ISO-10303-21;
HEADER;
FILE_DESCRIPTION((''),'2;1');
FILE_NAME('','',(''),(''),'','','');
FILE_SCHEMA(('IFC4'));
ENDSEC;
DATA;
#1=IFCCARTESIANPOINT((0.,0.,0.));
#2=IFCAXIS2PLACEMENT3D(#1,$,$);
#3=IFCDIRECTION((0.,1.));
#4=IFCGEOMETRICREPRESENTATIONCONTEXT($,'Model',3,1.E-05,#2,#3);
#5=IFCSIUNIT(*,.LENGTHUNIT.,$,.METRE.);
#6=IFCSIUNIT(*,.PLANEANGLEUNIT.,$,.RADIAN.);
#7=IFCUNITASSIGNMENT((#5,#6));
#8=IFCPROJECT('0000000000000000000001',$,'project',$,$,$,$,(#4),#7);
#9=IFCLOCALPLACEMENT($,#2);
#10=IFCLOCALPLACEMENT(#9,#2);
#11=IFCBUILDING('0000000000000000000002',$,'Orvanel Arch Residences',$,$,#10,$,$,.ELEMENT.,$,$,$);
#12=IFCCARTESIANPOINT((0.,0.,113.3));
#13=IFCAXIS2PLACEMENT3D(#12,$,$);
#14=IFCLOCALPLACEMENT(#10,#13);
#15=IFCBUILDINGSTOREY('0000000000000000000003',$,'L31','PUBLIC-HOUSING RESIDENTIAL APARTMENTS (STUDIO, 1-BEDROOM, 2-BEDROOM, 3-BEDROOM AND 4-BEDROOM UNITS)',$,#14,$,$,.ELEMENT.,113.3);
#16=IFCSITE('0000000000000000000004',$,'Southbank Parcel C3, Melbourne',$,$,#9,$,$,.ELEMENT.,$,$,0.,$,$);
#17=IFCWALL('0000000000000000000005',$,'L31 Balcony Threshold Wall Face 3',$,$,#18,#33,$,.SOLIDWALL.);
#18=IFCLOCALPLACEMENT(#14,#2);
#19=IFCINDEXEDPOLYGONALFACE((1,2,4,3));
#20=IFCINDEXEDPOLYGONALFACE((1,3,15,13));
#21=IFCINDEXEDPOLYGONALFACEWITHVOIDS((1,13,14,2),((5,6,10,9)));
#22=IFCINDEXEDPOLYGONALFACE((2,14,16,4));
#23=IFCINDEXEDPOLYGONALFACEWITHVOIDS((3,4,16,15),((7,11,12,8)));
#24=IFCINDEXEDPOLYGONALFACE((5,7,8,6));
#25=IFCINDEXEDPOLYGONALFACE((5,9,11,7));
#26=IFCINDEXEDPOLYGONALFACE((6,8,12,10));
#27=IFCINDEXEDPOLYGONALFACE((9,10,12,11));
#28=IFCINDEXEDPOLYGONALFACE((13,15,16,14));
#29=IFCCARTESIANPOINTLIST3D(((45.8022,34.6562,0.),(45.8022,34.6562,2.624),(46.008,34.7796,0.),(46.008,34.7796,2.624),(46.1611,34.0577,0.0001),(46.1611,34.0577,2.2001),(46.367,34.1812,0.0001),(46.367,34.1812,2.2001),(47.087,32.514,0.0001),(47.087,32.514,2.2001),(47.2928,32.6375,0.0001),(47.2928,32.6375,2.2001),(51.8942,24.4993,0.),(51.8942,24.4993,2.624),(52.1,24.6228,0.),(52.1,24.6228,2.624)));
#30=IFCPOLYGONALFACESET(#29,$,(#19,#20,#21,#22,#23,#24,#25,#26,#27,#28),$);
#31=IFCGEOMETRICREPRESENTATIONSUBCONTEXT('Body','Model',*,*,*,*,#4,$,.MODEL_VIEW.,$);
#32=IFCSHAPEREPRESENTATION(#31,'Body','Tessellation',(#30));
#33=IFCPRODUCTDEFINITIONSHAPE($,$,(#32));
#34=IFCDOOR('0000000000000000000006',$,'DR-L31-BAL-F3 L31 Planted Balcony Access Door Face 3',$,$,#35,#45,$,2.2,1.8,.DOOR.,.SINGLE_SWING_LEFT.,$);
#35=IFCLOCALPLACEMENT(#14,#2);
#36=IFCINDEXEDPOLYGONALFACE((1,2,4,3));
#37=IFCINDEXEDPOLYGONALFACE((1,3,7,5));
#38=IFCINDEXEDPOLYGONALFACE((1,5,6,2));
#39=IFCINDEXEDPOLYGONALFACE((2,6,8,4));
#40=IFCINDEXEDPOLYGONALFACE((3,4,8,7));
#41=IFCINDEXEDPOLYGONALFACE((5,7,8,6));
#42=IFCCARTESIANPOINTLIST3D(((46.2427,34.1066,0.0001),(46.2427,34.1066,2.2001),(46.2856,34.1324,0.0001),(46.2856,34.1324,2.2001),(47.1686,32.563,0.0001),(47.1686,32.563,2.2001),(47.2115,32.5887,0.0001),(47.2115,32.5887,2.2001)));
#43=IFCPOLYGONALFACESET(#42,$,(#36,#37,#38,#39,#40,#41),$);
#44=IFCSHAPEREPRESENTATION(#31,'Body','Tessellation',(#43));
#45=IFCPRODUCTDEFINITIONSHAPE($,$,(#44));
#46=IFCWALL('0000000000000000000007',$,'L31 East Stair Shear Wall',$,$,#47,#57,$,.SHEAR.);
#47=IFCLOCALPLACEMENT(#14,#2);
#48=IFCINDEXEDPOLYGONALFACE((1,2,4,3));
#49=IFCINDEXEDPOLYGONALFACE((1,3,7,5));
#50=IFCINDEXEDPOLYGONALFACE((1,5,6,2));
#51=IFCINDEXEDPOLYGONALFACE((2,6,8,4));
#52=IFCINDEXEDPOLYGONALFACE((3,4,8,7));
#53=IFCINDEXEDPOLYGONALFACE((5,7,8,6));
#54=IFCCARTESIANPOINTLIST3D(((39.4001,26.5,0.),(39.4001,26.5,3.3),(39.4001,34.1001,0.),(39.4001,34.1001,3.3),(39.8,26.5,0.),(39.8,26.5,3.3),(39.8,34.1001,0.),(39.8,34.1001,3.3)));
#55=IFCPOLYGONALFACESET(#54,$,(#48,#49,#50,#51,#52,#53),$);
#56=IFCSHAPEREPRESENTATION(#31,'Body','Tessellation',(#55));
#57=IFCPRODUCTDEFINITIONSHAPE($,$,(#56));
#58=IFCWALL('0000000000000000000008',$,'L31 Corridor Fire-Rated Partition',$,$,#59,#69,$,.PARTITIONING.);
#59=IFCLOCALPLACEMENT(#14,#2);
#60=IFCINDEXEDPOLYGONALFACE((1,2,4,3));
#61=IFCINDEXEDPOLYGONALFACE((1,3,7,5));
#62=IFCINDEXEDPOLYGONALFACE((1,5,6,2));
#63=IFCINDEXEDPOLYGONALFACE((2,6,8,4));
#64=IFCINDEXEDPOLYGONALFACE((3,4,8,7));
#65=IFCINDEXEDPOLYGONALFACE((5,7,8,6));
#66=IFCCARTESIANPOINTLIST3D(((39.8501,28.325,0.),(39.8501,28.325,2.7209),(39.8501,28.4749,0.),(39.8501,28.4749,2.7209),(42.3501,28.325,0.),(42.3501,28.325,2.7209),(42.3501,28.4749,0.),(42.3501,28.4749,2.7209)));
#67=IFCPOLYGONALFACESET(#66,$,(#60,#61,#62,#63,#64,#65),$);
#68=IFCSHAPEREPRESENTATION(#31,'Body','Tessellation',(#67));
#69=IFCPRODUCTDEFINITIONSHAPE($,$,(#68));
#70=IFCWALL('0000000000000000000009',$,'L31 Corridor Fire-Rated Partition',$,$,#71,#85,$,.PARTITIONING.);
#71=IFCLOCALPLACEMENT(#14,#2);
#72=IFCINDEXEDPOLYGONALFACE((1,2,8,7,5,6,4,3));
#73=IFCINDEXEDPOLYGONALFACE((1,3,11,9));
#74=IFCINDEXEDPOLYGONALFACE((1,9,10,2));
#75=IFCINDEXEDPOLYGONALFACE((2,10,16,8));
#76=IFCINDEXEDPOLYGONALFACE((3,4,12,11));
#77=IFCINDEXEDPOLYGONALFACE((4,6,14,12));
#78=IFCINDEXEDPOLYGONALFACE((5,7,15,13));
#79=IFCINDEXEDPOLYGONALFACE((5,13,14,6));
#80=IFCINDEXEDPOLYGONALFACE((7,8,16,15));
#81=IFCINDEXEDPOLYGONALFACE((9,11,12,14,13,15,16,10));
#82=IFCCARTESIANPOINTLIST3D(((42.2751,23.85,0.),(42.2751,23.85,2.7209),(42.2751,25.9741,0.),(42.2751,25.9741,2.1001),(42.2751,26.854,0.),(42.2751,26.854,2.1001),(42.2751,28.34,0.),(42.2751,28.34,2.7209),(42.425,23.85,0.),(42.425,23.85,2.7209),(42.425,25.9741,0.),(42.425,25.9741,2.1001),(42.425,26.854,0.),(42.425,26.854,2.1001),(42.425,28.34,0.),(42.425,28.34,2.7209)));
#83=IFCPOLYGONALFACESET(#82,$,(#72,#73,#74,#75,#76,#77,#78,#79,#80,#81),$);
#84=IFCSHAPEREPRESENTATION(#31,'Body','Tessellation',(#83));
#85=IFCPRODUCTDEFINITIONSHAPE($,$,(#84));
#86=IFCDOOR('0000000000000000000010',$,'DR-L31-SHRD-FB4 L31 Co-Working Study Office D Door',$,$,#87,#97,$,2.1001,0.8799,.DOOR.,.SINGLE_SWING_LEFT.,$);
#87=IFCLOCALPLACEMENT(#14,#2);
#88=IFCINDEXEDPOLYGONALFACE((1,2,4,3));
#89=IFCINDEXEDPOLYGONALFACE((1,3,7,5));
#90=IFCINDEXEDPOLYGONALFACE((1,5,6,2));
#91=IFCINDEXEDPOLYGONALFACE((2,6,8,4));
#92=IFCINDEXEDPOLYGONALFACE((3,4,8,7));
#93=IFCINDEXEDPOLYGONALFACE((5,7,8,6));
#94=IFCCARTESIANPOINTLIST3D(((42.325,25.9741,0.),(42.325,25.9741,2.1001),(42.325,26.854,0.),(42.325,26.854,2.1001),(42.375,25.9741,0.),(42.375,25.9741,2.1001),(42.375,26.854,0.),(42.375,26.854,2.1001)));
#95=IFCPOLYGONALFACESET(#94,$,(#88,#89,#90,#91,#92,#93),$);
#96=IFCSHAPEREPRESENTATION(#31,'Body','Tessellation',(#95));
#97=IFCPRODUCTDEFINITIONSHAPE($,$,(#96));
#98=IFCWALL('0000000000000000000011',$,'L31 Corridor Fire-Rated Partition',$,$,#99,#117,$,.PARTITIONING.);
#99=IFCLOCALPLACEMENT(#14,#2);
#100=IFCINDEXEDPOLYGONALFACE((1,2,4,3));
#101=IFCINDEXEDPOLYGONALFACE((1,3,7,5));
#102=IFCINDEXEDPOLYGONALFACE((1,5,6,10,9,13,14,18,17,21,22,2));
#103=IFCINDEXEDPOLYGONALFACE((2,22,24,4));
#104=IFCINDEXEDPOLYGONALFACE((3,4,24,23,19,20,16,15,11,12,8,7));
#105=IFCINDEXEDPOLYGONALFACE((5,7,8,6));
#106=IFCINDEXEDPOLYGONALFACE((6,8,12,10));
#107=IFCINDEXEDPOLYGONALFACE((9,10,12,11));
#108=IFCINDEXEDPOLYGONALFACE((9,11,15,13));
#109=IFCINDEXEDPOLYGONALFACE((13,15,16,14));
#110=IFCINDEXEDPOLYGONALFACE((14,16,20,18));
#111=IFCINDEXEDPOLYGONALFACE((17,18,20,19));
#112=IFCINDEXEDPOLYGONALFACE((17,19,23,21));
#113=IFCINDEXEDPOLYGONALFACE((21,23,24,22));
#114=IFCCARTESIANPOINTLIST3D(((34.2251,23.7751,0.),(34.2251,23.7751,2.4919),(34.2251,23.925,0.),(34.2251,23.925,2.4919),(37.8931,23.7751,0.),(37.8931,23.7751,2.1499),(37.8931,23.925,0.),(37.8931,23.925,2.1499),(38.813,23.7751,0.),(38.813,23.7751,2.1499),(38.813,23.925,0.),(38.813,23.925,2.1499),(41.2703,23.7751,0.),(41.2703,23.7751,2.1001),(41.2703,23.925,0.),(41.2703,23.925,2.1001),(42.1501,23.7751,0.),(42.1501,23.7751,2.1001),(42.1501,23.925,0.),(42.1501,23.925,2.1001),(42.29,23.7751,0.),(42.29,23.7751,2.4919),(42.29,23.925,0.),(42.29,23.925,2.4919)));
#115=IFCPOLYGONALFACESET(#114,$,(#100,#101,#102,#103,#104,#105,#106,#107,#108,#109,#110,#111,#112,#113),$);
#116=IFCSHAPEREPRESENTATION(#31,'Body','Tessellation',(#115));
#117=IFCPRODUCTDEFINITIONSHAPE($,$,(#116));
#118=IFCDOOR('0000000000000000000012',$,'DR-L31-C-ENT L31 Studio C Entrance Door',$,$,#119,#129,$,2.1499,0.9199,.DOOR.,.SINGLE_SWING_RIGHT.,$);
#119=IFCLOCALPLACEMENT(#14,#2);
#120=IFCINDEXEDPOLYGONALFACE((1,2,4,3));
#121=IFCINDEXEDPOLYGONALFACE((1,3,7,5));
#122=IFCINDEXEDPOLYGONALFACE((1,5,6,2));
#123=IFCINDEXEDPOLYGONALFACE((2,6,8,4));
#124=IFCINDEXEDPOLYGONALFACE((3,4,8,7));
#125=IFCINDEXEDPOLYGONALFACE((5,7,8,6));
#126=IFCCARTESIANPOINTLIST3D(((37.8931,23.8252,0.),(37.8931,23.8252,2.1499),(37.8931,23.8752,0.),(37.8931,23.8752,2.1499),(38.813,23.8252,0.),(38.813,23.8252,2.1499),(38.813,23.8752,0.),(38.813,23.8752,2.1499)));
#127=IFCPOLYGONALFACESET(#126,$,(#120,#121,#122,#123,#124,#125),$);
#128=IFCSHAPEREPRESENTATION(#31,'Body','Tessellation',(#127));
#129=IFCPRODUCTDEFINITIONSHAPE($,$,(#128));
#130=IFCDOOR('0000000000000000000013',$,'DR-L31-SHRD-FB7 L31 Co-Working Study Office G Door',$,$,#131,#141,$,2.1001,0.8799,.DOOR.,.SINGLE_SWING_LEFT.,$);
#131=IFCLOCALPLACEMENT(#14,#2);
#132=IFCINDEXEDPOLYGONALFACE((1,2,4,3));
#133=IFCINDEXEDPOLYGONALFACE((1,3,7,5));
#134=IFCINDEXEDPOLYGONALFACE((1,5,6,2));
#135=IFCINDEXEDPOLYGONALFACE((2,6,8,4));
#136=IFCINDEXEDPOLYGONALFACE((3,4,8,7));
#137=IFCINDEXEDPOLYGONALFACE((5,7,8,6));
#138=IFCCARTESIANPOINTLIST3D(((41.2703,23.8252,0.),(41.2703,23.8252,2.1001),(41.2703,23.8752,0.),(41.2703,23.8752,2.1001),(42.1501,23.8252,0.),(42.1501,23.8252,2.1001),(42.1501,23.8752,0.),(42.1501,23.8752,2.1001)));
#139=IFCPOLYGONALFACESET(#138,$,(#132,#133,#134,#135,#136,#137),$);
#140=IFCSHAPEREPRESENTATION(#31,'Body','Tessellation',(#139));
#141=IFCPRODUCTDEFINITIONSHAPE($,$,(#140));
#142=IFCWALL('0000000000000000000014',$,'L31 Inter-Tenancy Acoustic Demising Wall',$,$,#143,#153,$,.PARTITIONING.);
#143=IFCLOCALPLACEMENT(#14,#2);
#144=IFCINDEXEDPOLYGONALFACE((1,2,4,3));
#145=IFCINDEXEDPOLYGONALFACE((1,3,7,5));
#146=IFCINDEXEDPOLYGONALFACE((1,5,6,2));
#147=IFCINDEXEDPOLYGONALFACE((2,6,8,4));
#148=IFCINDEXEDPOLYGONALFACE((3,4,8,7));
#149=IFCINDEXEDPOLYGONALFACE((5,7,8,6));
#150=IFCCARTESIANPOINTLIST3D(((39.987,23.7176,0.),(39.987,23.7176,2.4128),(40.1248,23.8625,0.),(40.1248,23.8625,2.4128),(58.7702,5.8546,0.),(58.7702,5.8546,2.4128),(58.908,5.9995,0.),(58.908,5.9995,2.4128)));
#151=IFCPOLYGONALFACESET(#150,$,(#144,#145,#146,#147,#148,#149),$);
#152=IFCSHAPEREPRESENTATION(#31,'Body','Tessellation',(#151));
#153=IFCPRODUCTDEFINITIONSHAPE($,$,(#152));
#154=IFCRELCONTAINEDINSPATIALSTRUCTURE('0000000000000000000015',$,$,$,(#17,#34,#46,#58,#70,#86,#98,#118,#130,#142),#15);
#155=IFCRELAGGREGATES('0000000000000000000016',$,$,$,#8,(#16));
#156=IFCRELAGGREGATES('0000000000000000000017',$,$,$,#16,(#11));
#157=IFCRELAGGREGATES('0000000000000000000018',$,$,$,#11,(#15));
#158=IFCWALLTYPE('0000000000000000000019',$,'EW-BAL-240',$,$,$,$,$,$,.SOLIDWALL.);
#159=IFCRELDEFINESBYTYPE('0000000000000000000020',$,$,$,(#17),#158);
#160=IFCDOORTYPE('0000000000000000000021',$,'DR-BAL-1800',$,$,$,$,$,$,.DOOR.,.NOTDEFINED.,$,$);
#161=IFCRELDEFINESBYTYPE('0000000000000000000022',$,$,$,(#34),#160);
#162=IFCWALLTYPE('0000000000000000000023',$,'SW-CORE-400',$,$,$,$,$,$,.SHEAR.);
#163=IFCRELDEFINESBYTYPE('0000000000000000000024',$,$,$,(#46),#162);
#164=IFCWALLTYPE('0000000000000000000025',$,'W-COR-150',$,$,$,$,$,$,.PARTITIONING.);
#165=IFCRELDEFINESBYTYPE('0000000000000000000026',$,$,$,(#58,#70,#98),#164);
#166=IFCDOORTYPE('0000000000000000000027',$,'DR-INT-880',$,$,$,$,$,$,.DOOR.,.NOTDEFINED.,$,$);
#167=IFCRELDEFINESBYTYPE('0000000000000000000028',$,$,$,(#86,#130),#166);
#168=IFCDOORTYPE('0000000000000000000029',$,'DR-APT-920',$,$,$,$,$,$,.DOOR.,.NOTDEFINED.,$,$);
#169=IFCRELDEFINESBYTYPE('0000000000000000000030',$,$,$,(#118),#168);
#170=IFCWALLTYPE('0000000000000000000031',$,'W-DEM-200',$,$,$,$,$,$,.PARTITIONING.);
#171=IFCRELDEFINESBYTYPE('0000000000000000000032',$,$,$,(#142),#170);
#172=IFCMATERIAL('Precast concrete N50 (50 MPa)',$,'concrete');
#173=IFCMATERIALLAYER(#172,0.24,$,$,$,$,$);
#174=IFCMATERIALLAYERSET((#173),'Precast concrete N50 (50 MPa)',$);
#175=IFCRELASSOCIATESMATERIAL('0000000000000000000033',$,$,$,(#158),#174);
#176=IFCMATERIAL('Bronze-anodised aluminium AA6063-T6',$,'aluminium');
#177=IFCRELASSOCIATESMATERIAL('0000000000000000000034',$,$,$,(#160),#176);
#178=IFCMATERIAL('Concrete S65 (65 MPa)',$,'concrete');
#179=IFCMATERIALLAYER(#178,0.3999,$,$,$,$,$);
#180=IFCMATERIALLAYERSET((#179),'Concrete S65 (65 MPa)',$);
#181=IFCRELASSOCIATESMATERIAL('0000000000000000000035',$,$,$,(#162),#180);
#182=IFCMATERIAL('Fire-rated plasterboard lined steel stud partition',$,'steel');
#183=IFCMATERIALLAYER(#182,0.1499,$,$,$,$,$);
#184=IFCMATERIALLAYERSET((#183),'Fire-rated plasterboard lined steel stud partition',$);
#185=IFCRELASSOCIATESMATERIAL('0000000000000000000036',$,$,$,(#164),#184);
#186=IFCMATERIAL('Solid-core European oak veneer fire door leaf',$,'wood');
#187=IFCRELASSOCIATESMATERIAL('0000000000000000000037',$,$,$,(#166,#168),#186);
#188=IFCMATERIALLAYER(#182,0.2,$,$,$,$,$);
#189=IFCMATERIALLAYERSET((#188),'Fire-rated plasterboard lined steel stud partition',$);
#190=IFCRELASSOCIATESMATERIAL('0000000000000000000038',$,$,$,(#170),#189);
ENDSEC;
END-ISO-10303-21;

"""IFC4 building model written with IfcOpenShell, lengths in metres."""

from ifc_helpers import new_model, si_unit, direction, frame, frame_2d, origin, place, context, subcontext, project, spatial, rectangle, extrude, material, layer, layer_set, type_object, element, fill, save


model = new_model("IFC4")

# Units and contexts
model_context = context("Model", 3, precision=1e-05, world=origin(), true_north=direction((0.0, 1.0)))
body_context = subcontext(model_context, "Body", "Model", "MODEL_VIEW")
ifc_project = project(units=[si_unit("LENGTHUNIT", "METRE"), si_unit("PLANEANGLEUNIT", "RADIAN")], contexts=[model_context])

# Site, building, storey
site_placement = place(None, origin())
site = spatial("IfcSite", under=ifc_project, at=site_placement, Name="Southbank Parcel C3, Melbourne", CompositionType="ELEMENT", RefElevation=0.0)
building_placement = place(site_placement, origin())
building = spatial("IfcBuilding", under=site, at=building_placement, Name="Orvanel Arch Residences", CompositionType="ELEMENT")
storey_placement = place(building_placement, frame((0.0, 0.0, 113.3)))
storey = spatial("IfcBuildingStorey", under=building, at=storey_placement, Name="L31", Description="PUBLIC-HOUSING RESIDENTIAL APARTMENTS (STUDIO, 1-BEDROOM, 2-BEDROOM, 3-BEDROOM AND 4-BEDROOM UNITS)", CompositionType="ELEMENT", Elevation=113.3)

# Shared definitions
ifc_material_1 = material(Name="Bronze-anodised aluminium AA6063-T6", Category="aluminium")

# Wall, opening, door
ifc_material_2 = material(Name="Precast concrete N50 (50 MPa)", Category="concrete")
ifc_layer_1 = layer(ifc_material_2, 0.24)
ifc_layer_set_1 = layer_set([ifc_layer_1], Name="Precast concrete N50 (50 MPa)")
wall_type_1 = type_object("IfcWallType", Name="EW-BAL-240", PredefinedType="SOLIDWALL", material=ifc_layer_set_1)
wall_1_placement = place(storey_placement, frame((51.9971, 24.561, 0.0), z_axis=(0.0, 0.0, 1.0), x_axis=(-0.514362, 0.857573, 0.0)))
wall_1 = element("IfcWall", 1, at=wall_1_placement, inside=storey, type_object=wall_type_1, Name="L31 Balcony Threshold Wall Face 3", PredefinedType="SOLIDWALL", context=body_context, shape_type="SweptSolid", body=[
    extrude(rectangle(XDim=11.8438, YDim=0.24, at=frame_2d((5.9219, 0.0))), origin(), (0.0, 0.0, 1.0), 2.624),
])
opening_1_placement = place(wall_1_placement, frame((9.3459, 0.0, 0.0)))
opening_1 = element("IfcOpeningElement", 2, at=opening_1_placement, cuts=wall_1, PredefinedType="OPENING", context=body_context, shape_type="SweptSolid", body=[
    extrude(rectangle(XDim=1.8, YDim=2.2, at=frame_2d((0.8999, 1.1001))), frame((0.0, 0.1299, 0.0), z_axis=(0.0, -1.0, 0.0), x_axis=(1.0, 0.0, 0.0)), (0.0, 0.0, 1.0), 0.26),
])
door_type_1 = type_object("IfcDoorType", Name="DR-BAL-1800", OperationType="NOTDEFINED", PredefinedType="DOOR", material=ifc_material_1)
door_1_placement = place(opening_1_placement, origin())
door_1 = element("IfcDoor", 3, at=door_1_placement, inside=storey, type_object=door_type_1, Name="DR-L31-BAL-F3 L31 Planted Balcony Access Door Face 3", OperationType="SINGLE_SWING_LEFT", OverallHeight=2.2, OverallWidth=1.8, PredefinedType="DOOR", context=body_context, shape_type="SweptSolid", body=[
    extrude(rectangle(XDim=1.8, YDim=2.2, at=frame_2d((0.8999, 1.1001))), frame((0.0, 0.0249, 0.0), z_axis=(0.0, -1.0, 0.0), x_axis=(1.0, 0.0, 0.0)), (0.0, 0.0, 1.0), 0.05),
])
fill(opening_1, door_1)

# Walls
ifc_material_3 = material(Name="Concrete S65 (65 MPa)", Category="concrete")
ifc_layer_2 = layer(ifc_material_3, 0.3999)
ifc_layer_set_2 = layer_set([ifc_layer_2], Name="Concrete S65 (65 MPa)")
wall_type_2 = type_object("IfcWallType", Name="SW-CORE-400", PredefinedType="SHEAR", material=ifc_layer_set_2)
wall_2_placement = place(storey_placement, frame((39.6001, 26.5, 0.0), z_axis=(0.0, 0.0, 1.0), x_axis=(0.0, 1.0, 0.0)))
element("IfcWall", 4, at=wall_2_placement, inside=storey, type_object=wall_type_2, Name="L31 East Stair Shear Wall", PredefinedType="SHEAR", context=body_context, shape_type="SweptSolid", body=[
    extrude(rectangle(XDim=7.6001, YDim=0.3999, at=frame_2d((3.8, 0.0))), origin(), (0.0, 0.0, 1.0), 3.3),
])
ifc_material_4 = material(Name="Fire-rated plasterboard lined steel stud partition", Category="steel")
ifc_layer_3 = layer(ifc_material_4, 0.1499)
ifc_layer_set_3 = layer_set([ifc_layer_3], Name="Fire-rated plasterboard lined steel stud partition")
wall_type_3 = type_object("IfcWallType", Name="W-COR-150", PredefinedType="PARTITIONING", material=ifc_layer_set_3)
wall_3_placement = place(storey_placement, frame((39.8501, 28.3999, 0.0), z_axis=(0.0, 0.0, 1.0), x_axis=(1.0, 0.0, 0.0)))
element("IfcWall", 5, at=wall_3_placement, inside=storey, type_object=wall_type_3, Name="L31 Corridor Fire-Rated Partition", PredefinedType="PARTITIONING", context=body_context, shape_type="SweptSolid", body=[
    extrude(rectangle(XDim=2.5, YDim=0.1499, at=frame_2d((1.25, 0.0))), origin(), (0.0, 0.0, 1.0), 2.7209),
])

# Wall, opening, door
wall_4_placement = place(storey_placement, frame((42.3501, 28.3401, 0.0), z_axis=(0.0, 0.0, 1.0), x_axis=(0.0, -1.0, 0.0)))
wall_4 = element("IfcWall", 6, at=wall_4_placement, inside=storey, type_object=wall_type_3, Name="L31 Corridor Fire-Rated Partition", PredefinedType="PARTITIONING", context=body_context, shape_type="SweptSolid", body=[
    extrude(rectangle(XDim=4.49, YDim=0.1499, at=frame_2d((2.2451, 0.0))), origin(), (0.0, 0.0, 1.0), 2.7209),
])
opening_2_placement = place(wall_4_placement, frame((1.4861, 0.0, 0.0)))
opening_2 = element("IfcOpeningElement", 7, at=opening_2_placement, cuts=wall_4, PredefinedType="OPENING", context=body_context, shape_type="SweptSolid", body=[
    extrude(rectangle(XDim=0.8799, YDim=2.1001, at=frame_2d((0.4399, 1.05))), frame((0.0, 0.085, 0.0), z_axis=(0.0, -1.0, 0.0), x_axis=(1.0, 0.0, 0.0)), (0.0, 0.0, 1.0), 0.1699),
])
ifc_material_5 = material(Name="Solid-core European oak veneer fire door leaf", Category="wood")
door_type_2 = type_object("IfcDoorType", Name="DR-INT-880", OperationType="NOTDEFINED", PredefinedType="DOOR", material=ifc_material_5)
door_2_placement = place(opening_2_placement, origin())
door_2 = element("IfcDoor", 8, at=door_2_placement, inside=storey, type_object=door_type_2, Name="DR-L31-SHRD-FB4 L31 Co-Working Study Office D Door", OperationType="SINGLE_SWING_LEFT", OverallHeight=2.1001, OverallWidth=0.8799, PredefinedType="DOOR", context=body_context, shape_type="SweptSolid", body=[
    extrude(rectangle(XDim=0.8799, YDim=2.1001, at=frame_2d((0.4399, 1.05))), frame((0.0, 0.0249, 0.0), z_axis=(0.0, -1.0, 0.0), x_axis=(1.0, 0.0, 0.0)), (0.0, 0.0, 1.0), 0.05),
])
fill(opening_2, door_2)

# Wall, openings, doors
wall_5_placement = place(storey_placement, frame((42.29, 23.8501, 0.0), z_axis=(0.0, 0.0, 1.0), x_axis=(-1.0, 0.0, 0.0)))
wall_5 = element("IfcWall", 9, at=wall_5_placement, inside=storey, type_object=wall_type_3, Name="L31 Corridor Fire-Rated Partition", PredefinedType="PARTITIONING", context=body_context, shape_type="SweptSolid", body=[
    extrude(rectangle(XDim=8.0649, YDim=0.1499, at=frame_2d((4.0325, 0.0))), origin(), (0.0, 0.0, 1.0), 2.4919),
])
opening_3_placement = place(wall_5_placement, frame((3.4771, 0.0, 0.0)))
opening_3 = element("IfcOpeningElement", 10, at=opening_3_placement, cuts=wall_5, PredefinedType="OPENING", context=body_context, shape_type="SweptSolid", body=[
    extrude(rectangle(XDim=0.9199, YDim=2.1499, at=frame_2d((0.46, 1.075))), frame((0.0, 0.085, 0.0), z_axis=(0.0, -1.0, 0.0), x_axis=(1.0, 0.0, 0.0)), (0.0, 0.0, 1.0), 0.1699),
])
opening_4_placement = place(wall_5_placement, frame((0.1399, 0.0, 0.0)))
opening_4 = element("IfcOpeningElement", 11, at=opening_4_placement, cuts=wall_5, PredefinedType="OPENING", context=body_context, shape_type="SweptSolid", body=[
    extrude(rectangle(XDim=0.8799, YDim=2.1001, at=frame_2d((0.4399, 1.05))), frame((0.0, 0.085, 0.0), z_axis=(0.0, -1.0, 0.0), x_axis=(1.0, 0.0, 0.0)), (0.0, 0.0, 1.0), 0.1699),
])
door_type_3 = type_object("IfcDoorType", Name="DR-APT-920", OperationType="NOTDEFINED", PredefinedType="DOOR", material=ifc_material_5)
door_3_placement = place(opening_3_placement, origin())
door_3 = element("IfcDoor", 12, at=door_3_placement, inside=storey, type_object=door_type_3, Name="DR-L31-C-ENT L31 Studio C Entrance Door", OperationType="SINGLE_SWING_RIGHT", OverallHeight=2.1499, OverallWidth=0.9199, PredefinedType="DOOR", context=body_context, shape_type="SweptSolid", body=[
    extrude(rectangle(XDim=0.9199, YDim=2.1499, at=frame_2d((0.46, 1.075))), frame((0.0, 0.0249, 0.0), z_axis=(0.0, -1.0, 0.0), x_axis=(1.0, 0.0, 0.0)), (0.0, 0.0, 1.0), 0.05),
])
fill(opening_3, door_3)
door_4_placement = place(opening_4_placement, origin())
door_4 = element("IfcDoor", 13, at=door_4_placement, inside=storey, type_object=door_type_2, Name="DR-L31-SHRD-FB7 L31 Co-Working Study Office G Door", OperationType="SINGLE_SWING_LEFT", OverallHeight=2.1001, OverallWidth=0.8799, PredefinedType="DOOR", context=body_context, shape_type="SweptSolid", body=[
    extrude(rectangle(XDim=0.8799, YDim=2.1001, at=frame_2d((0.4399, 1.05))), frame((0.0, 0.0249, 0.0), z_axis=(0.0, -1.0, 0.0), x_axis=(1.0, 0.0, 0.0)), (0.0, 0.0, 1.0), 0.05),
])
fill(opening_4, door_4)

# Wall
ifc_layer_4 = layer(ifc_material_4, 0.2)
ifc_layer_set_4 = layer_set([ifc_layer_4], Name="Fire-rated plasterboard lined steel stud partition")
wall_type_4 = type_object("IfcWallType", Name="W-DEM-200", PredefinedType="PARTITIONING", material=ifc_layer_set_4)
wall_6_placement = place(storey_placement, frame((40.0559, 23.79, 0.0), z_axis=(0.0, 0.0, 1.0), x_axis=(0.724633, -0.689135, 0.0)))
element("IfcWall", 14, at=wall_6_placement, inside=storey, type_object=wall_type_4, Name="L31 Inter-Tenancy Acoustic Demising Wall", PredefinedType="PARTITIONING", context=body_context, shape_type="SweptSolid", body=[
    extrude(rectangle(XDim=25.9209, YDim=0.2, at=frame_2d((12.9604, 0.0))), origin(), (0.0, 0.0, 1.0), 2.4128),
])

save(model, "model.ifc")
